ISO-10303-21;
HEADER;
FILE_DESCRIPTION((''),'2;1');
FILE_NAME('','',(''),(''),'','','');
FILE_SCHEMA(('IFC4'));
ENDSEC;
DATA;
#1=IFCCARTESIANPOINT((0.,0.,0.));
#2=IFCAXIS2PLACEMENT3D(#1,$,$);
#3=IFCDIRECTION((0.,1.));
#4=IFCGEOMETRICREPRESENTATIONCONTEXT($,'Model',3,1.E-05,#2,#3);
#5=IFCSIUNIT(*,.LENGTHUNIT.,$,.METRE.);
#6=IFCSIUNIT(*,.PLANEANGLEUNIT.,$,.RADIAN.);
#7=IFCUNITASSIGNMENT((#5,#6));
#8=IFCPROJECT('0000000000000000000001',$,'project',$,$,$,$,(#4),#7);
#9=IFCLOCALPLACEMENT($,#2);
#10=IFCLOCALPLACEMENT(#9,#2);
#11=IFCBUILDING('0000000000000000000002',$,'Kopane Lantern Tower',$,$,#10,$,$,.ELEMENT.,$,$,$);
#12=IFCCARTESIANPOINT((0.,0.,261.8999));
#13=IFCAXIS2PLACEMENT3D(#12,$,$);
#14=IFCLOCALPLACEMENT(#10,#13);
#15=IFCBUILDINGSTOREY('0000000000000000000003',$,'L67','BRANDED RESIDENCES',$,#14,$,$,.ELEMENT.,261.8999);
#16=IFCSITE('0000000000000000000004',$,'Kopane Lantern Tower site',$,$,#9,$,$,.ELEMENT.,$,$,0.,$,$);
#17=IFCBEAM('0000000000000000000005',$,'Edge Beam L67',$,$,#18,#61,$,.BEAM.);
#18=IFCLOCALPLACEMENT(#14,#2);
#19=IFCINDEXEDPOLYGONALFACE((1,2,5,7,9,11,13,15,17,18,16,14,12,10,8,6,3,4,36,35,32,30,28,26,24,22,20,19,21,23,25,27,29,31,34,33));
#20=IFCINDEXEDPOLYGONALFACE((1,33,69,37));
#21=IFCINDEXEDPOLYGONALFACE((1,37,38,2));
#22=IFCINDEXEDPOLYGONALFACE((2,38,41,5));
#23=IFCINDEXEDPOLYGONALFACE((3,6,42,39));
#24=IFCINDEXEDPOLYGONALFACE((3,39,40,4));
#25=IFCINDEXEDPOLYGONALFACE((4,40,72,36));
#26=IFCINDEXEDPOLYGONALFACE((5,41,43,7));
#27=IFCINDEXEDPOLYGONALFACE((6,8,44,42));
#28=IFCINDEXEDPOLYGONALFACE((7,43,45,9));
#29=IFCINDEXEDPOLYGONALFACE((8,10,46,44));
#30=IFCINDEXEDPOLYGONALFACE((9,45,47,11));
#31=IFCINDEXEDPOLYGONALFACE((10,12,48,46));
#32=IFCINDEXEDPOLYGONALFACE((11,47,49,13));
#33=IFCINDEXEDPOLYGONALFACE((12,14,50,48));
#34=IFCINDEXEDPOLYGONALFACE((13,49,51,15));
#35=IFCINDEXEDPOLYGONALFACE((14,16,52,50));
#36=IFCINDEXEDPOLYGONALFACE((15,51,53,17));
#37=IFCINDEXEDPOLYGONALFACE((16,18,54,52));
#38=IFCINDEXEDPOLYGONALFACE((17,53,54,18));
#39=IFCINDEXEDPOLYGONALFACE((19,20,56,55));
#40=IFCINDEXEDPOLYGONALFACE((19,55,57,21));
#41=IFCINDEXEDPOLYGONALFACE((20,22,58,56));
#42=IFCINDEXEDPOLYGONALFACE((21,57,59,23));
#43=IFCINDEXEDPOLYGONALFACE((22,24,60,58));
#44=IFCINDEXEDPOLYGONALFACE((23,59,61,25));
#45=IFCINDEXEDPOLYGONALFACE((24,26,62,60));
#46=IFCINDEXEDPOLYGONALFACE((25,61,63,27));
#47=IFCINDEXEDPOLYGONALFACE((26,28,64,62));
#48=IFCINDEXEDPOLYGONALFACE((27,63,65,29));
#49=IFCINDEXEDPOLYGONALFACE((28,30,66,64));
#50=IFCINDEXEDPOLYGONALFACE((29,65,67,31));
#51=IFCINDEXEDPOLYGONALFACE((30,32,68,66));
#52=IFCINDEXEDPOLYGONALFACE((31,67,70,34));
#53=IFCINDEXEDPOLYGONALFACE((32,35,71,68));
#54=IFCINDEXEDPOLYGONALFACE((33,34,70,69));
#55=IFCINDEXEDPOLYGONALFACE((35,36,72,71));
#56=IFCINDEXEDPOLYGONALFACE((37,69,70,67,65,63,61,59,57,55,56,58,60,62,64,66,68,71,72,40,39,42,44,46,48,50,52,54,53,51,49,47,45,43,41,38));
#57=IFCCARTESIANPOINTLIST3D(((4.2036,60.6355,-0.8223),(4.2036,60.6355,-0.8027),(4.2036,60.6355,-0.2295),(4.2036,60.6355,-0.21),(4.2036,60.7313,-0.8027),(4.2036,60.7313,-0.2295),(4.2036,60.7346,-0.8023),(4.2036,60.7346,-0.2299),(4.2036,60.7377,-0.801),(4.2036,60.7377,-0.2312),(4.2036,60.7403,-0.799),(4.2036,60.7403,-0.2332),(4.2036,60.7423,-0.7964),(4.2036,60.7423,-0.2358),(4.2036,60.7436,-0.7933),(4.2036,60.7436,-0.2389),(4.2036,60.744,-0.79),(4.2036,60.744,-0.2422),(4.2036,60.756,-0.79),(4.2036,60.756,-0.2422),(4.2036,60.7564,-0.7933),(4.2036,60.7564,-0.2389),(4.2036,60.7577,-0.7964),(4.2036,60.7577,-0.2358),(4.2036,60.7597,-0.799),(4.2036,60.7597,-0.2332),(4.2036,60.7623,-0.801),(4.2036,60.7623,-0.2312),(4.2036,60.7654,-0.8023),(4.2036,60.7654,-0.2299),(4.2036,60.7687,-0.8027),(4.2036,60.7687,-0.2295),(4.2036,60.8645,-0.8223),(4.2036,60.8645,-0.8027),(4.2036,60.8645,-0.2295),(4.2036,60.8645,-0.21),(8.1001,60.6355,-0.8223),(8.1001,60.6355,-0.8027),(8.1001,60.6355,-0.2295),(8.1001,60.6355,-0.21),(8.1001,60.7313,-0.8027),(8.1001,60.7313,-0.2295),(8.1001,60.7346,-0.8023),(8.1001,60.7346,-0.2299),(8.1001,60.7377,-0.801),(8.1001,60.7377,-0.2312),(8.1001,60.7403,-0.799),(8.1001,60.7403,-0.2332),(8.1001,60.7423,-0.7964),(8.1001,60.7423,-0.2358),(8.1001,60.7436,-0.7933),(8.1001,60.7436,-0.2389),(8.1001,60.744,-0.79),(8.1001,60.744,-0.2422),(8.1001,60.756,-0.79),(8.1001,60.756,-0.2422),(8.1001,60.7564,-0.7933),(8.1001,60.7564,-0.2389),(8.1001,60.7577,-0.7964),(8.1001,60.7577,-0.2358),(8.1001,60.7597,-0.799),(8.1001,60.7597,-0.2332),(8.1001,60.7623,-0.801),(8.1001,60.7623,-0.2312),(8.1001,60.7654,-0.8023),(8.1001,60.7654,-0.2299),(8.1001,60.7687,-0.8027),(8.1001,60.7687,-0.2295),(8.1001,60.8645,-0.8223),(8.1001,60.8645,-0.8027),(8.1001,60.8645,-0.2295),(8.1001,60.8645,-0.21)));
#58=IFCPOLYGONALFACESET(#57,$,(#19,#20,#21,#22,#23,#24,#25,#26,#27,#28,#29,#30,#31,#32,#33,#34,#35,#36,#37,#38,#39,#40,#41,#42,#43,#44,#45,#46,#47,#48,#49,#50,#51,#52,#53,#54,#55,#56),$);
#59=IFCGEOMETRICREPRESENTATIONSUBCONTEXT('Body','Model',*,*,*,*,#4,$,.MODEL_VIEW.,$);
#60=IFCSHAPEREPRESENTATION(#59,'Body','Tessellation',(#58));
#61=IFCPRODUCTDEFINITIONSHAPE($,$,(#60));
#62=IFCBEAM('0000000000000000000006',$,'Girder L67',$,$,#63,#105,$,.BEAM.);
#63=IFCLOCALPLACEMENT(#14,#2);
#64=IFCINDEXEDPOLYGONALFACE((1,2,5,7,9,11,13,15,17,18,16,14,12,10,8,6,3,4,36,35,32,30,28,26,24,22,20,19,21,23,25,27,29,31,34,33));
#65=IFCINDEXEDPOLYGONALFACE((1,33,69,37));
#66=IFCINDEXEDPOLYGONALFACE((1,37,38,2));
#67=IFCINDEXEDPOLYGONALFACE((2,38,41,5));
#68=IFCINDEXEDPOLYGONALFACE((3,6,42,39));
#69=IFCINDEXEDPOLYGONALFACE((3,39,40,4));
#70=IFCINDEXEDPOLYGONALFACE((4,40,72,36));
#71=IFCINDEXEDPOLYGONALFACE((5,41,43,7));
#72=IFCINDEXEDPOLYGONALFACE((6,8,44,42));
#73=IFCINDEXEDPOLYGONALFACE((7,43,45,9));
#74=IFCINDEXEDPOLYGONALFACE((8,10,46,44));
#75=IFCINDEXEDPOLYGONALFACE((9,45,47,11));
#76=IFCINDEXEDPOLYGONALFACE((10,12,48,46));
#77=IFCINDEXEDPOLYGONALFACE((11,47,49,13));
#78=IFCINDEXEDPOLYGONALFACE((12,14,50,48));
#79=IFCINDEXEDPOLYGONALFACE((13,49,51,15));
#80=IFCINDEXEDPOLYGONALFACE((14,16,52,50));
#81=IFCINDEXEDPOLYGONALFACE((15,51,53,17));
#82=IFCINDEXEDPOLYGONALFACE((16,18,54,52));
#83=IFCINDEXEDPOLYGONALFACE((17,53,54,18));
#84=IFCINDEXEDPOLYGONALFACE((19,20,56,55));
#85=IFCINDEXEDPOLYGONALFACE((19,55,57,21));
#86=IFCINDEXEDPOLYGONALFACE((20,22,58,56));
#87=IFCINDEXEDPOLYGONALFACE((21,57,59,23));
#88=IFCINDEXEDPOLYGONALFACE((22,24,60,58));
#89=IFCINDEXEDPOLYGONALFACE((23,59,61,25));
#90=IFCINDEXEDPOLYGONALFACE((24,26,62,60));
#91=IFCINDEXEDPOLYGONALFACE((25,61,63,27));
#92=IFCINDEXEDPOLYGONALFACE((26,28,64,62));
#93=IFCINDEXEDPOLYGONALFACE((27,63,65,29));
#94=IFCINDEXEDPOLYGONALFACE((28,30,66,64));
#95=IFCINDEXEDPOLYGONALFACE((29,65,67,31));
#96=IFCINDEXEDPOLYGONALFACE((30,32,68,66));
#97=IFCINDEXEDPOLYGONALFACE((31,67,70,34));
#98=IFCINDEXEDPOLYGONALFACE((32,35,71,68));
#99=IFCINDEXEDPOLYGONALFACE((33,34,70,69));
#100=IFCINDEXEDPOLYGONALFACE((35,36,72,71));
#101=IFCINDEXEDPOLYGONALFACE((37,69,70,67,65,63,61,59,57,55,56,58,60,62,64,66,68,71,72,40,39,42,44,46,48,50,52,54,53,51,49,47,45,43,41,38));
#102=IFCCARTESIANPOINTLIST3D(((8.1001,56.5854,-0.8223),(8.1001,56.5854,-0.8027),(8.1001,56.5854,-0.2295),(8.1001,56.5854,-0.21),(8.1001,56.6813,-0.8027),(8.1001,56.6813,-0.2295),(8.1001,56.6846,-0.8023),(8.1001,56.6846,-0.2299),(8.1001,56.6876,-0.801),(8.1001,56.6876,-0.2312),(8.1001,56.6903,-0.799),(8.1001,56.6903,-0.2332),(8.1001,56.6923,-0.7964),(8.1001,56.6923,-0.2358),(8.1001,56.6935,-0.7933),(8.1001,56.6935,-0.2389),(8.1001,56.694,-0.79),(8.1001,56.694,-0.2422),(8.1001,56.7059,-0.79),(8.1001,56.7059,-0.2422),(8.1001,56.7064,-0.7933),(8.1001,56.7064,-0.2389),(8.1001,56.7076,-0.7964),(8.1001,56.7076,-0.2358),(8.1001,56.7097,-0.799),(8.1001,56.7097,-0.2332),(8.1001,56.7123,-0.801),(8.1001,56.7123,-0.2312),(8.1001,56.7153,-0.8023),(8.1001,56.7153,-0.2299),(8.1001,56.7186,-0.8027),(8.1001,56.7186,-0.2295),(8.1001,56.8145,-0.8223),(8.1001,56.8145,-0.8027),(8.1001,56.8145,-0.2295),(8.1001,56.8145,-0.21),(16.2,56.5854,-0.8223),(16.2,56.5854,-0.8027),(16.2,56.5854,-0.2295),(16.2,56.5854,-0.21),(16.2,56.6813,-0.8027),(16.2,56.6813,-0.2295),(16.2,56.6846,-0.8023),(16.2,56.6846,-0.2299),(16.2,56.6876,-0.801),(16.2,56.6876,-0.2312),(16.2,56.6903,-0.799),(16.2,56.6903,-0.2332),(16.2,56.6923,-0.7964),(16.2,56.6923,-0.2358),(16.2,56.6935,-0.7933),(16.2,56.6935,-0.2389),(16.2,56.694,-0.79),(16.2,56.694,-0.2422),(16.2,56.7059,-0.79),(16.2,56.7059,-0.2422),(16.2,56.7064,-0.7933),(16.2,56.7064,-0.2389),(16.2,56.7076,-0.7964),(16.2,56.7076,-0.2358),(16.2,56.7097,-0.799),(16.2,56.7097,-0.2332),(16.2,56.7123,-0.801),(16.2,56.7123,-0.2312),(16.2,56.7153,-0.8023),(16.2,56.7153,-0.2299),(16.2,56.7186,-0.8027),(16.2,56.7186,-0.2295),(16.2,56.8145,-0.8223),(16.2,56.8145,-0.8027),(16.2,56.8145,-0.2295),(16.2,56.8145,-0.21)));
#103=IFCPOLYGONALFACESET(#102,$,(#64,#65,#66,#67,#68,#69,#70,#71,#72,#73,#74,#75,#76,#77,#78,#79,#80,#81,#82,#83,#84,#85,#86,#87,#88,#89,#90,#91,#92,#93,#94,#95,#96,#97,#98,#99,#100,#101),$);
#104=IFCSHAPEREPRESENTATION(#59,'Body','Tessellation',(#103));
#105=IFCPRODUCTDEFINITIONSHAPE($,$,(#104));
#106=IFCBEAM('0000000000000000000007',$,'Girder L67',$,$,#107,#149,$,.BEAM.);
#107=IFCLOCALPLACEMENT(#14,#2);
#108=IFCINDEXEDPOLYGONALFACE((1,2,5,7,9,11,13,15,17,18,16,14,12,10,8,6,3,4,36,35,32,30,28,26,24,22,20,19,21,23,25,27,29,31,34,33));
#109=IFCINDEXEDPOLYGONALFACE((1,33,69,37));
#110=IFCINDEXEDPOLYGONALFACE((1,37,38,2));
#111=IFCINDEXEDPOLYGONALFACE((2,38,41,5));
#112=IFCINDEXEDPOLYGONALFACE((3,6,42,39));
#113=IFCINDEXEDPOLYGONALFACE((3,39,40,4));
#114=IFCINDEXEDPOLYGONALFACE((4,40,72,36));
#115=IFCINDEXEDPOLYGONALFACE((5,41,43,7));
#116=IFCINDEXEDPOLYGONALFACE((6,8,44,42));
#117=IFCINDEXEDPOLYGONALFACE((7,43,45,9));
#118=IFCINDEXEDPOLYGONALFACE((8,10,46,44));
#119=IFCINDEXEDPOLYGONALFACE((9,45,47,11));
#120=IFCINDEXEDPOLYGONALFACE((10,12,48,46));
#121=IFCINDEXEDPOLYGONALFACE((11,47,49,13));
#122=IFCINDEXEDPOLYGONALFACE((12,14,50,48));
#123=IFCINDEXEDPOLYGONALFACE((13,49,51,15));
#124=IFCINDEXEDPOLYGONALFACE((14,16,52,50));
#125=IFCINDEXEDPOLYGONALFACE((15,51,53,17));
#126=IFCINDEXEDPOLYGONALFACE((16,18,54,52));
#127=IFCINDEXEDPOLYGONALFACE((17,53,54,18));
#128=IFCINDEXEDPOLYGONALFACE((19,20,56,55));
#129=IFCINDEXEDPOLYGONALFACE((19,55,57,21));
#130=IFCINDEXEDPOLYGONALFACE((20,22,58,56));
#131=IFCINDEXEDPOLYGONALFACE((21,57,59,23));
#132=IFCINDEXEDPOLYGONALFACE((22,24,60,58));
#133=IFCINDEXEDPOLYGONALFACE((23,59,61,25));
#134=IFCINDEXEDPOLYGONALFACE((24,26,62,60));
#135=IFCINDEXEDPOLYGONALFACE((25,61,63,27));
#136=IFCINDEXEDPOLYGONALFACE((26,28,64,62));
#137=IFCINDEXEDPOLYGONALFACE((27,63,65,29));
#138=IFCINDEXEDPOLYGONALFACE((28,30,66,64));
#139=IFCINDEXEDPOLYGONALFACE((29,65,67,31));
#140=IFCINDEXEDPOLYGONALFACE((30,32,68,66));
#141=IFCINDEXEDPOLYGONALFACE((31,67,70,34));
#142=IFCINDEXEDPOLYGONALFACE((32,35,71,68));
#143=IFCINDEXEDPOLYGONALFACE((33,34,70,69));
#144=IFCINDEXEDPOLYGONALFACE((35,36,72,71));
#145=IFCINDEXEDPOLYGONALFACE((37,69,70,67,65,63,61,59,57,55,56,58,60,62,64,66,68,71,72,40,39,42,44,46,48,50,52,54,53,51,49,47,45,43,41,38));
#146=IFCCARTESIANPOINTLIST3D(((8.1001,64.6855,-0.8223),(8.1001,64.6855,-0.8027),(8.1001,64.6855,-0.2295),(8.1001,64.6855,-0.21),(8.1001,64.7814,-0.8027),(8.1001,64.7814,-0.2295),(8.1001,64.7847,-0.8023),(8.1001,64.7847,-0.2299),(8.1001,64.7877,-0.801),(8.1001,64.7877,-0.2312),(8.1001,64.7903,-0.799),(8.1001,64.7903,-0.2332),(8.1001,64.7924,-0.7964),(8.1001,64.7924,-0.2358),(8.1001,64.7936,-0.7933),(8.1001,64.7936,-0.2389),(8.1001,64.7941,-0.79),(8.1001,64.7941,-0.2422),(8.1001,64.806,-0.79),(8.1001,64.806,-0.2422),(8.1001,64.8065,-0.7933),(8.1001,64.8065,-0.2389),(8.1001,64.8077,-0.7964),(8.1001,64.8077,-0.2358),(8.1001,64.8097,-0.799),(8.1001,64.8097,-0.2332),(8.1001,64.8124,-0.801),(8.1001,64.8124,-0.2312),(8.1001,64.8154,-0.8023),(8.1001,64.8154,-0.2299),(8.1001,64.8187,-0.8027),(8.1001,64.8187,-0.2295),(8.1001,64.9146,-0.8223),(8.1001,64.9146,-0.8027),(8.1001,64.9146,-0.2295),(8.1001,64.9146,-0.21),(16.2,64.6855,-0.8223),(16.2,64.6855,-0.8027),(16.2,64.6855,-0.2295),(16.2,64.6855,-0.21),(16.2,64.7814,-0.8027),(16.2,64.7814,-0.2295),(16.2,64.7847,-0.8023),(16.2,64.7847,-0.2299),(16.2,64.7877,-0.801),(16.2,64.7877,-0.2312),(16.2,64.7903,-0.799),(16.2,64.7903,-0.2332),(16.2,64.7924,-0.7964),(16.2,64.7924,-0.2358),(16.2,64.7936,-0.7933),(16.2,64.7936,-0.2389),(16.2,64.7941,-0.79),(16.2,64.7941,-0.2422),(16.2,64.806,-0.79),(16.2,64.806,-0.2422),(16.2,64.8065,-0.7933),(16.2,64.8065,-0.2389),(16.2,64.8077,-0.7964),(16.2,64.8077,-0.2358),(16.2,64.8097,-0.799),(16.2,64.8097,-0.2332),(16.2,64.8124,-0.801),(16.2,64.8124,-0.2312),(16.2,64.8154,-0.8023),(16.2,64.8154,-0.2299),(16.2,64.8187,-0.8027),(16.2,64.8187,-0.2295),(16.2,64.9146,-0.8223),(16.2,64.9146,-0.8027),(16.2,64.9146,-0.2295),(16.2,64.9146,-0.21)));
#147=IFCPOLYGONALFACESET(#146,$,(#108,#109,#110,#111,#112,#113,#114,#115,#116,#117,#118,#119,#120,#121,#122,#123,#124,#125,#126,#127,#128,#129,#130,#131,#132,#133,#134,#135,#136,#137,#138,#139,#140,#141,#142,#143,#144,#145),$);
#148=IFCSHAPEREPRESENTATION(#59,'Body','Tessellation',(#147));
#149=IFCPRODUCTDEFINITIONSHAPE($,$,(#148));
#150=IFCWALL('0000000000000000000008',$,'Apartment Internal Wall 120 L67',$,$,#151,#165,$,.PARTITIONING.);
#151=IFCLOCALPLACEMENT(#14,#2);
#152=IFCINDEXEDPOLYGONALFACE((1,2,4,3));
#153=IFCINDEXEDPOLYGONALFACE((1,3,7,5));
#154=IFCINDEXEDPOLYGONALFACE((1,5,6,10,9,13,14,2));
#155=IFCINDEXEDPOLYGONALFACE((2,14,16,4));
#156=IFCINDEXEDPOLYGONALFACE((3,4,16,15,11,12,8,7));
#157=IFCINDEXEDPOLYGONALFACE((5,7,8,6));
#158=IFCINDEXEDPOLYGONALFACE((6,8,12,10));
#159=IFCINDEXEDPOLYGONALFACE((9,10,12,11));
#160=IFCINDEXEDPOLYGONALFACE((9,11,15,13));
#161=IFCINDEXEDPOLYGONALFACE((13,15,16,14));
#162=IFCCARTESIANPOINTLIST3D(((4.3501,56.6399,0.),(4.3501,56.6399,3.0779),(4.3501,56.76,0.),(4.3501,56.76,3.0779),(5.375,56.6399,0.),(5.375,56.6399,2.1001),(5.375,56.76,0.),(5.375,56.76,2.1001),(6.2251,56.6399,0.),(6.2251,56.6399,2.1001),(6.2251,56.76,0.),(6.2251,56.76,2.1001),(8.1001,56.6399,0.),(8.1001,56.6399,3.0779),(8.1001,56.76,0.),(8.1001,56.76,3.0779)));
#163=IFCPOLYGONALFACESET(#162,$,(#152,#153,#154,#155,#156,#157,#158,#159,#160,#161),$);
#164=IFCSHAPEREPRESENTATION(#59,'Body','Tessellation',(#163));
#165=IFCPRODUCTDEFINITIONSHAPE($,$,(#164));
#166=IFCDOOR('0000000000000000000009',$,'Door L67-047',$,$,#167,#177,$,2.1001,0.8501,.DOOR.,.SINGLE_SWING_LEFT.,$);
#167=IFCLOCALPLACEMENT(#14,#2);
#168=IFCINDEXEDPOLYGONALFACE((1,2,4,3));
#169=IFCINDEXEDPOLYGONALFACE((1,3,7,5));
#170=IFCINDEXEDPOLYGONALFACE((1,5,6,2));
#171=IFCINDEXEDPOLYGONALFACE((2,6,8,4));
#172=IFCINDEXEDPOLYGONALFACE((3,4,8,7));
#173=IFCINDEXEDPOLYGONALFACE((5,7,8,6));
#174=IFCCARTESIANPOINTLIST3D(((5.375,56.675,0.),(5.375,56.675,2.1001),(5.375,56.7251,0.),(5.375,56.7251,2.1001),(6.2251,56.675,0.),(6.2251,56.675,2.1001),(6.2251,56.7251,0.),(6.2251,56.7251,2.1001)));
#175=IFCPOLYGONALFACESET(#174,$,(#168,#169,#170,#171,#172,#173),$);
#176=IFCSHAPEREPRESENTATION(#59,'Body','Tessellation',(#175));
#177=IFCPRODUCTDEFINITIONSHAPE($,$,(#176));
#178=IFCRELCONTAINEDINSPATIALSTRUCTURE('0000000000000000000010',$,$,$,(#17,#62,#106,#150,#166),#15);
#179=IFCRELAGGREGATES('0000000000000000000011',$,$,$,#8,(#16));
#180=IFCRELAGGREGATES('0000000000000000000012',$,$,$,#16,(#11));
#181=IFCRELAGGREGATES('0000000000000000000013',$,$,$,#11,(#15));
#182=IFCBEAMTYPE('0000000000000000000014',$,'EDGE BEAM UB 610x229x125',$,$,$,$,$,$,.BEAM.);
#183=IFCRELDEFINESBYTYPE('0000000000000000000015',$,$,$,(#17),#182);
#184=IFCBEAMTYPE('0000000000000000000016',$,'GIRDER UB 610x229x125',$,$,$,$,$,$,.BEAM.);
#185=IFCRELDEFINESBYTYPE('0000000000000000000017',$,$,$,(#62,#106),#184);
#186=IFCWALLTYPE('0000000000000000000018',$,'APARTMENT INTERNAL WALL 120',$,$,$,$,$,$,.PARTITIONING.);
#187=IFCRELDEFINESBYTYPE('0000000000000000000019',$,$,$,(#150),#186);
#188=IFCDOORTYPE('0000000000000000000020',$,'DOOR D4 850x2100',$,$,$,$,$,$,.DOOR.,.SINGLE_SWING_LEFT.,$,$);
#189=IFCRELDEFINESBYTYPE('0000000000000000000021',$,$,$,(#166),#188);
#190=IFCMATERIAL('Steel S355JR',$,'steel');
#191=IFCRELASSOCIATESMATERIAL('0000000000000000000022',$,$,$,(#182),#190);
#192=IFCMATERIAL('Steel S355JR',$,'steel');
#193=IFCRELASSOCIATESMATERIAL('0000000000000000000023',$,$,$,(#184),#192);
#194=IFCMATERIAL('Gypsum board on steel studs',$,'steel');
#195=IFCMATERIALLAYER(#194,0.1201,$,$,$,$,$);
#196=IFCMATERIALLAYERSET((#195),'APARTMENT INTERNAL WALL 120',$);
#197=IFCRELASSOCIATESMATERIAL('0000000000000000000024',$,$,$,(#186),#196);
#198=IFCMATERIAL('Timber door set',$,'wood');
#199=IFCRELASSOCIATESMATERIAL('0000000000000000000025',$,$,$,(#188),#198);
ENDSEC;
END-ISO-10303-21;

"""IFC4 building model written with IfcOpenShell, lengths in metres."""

from ifc_helpers import new_model, si_unit, direction, frame, frame_2d, origin, origin_2d, place, context, subcontext, project, spatial, rectangle, i_section, extrude, material, layer, layer_set, material_profile, profile_set, type_object, element, fill, save


model = new_model("IFC4")

# Units and contexts
model_context = context("Model", 3, precision=1e-05, world=origin(), true_north=direction((0.0, 1.0)))
body_context = subcontext(model_context, "Body", "Model", "MODEL_VIEW")
ifc_project = project(units=[si_unit("LENGTHUNIT", "METRE"), si_unit("PLANEANGLEUNIT", "RADIAN")], contexts=[model_context])

# Site, building, storey
site_placement = place(None, origin())
site = spatial("IfcSite", under=ifc_project, at=site_placement, Name="Kopane Lantern Tower site", CompositionType="ELEMENT", RefElevation=0.0)
building_placement = place(site_placement, origin())
building = spatial("IfcBuilding", under=site, at=building_placement, Name="Kopane Lantern Tower", CompositionType="ELEMENT")
storey_placement = place(building_placement, frame((0.0, 0.0, 261.8999)))
storey = spatial("IfcBuildingStorey", under=building, at=storey_placement, Name="L67", Description="BRANDED RESIDENCES", CompositionType="ELEMENT", Elevation=261.8999)

# Beams
ifc_material_1 = material(Name="Steel S355JR", Category="steel")
ifc_material_profile_1 = material_profile(ifc_material_1, i_section(OverallWidth=0.229, OverallDepth=0.6123, WebThickness=0.012, FlangeThickness=0.0195, FilletRadius=0.0127, at=origin_2d()), Name="UB 610x229x125")
ifc_profile_set_1 = profile_set([ifc_material_profile_1], Name="Steel S355JR")
beam_type_1 = type_object("IfcBeamType", Name="EDGE BEAM UB 610x229x125", PredefinedType="BEAM", material=ifc_profile_set_1)
beam_1_placement = place(storey_placement, frame((4.2036, 60.75, -0.5161), z_axis=(1.0, 0.0, 0.0), x_axis=(0.0, 1.0, 0.0)))
element("IfcBeam", 1, at=beam_1_placement, inside=storey, type_object=beam_type_1, Name="Edge Beam L67", PredefinedType="BEAM", context=body_context, shape_type="SweptSolid", body=[
    extrude(i_section(OverallWidth=0.229, OverallDepth=0.6123, WebThickness=0.012, FlangeThickness=0.0195, FilletRadius=0.0127, at=origin_2d()), origin(), (0.0, 0.0, 1.0), 3.8965),
])
ifc_material_2 = material(Name="Steel S355JR", Category="steel")
ifc_material_profile_2 = material_profile(ifc_material_2, i_section(OverallWidth=0.229, OverallDepth=0.6123, WebThickness=0.012, FlangeThickness=0.0195, FilletRadius=0.0127, at=origin_2d()), Name="UB 610x229x125")
ifc_profile_set_2 = profile_set([ifc_material_profile_2], Name="Steel S355JR")
beam_type_2 = type_object("IfcBeamType", Name="GIRDER UB 610x229x125", PredefinedType="BEAM", material=ifc_profile_set_2)
for number, where, z_axis, x_axis, name in (
    (2, (8.1001, 56.7, -0.5161), (1.0, 0.0, 0.0), (0.0, 1.0, 0.0), "Girder L67"),
    (3, (8.1001, 64.8, -0.5161), (1.0, 0.0, 0.0), (0.0, 1.0, 0.0), "Girder L67"),
):
    element("IfcBeam", number, at=place(storey_placement, frame(where, z_axis=z_axis, x_axis=x_axis)), inside=storey, type_object=beam_type_2, Name=name, PredefinedType="BEAM", context=body_context, shape_type="SweptSolid", body=[
        extrude(i_section(OverallWidth=0.229, OverallDepth=0.6123, WebThickness=0.012, FlangeThickness=0.0195, FilletRadius=0.0127, at=origin_2d()), origin(), (0.0, 0.0, 1.0), 8.0999),
    ])

# Wall, opening, door
ifc_material_3 = material(Name="Gypsum board on steel studs", Category="steel")
ifc_layer_1 = layer(ifc_material_3, 0.1201)
ifc_layer_set_1 = layer_set([ifc_layer_1], Name="APARTMENT INTERNAL WALL 120")
wall_type_1 = type_object("IfcWallType", Name="APARTMENT INTERNAL WALL 120", PredefinedType="PARTITIONING", material=ifc_layer_set_1)
wall_1_placement = place(storey_placement, frame((8.1001, 56.7, 0.0), z_axis=(0.0, 0.0, 1.0), x_axis=(-1.0, 0.0, 0.0)))
wall_1 = element("IfcWall", 4, at=wall_1_placement, inside=storey, type_object=wall_type_1, Name="Apartment Internal Wall 120 L67", PredefinedType="PARTITIONING", context=body_context, shape_type="SweptSolid", body=[
    extrude(rectangle(XDim=3.75, YDim=0.1201, at=frame_2d((1.875, 0.0))), origin(), (0.0, 0.0, 1.0), 3.0779),
])
opening_1_placement = place(wall_1_placement, frame((1.875, 0.0, 0.0)))
opening_1 = element("IfcOpeningElement", 5, at=opening_1_placement, cuts=wall_1, PredefinedType="OPENING", context=body_context, shape_type="SweptSolid", body=[
    extrude(rectangle(XDim=0.8501, YDim=2.1001, at=frame_2d((0.425, 1.05))), frame((0.0, 0.0701, 0.0), z_axis=(0.0, -1.0, 0.0), x_axis=(1.0, 0.0, 0.0)), (0.0, 0.0, 1.0), 0.1401),
])
ifc_material_4 = material(Name="Timber door set", Category="wood")
door_type = type_object("IfcDoorType", Name="DOOR D4 850x2100", OperationType="SINGLE_SWING_LEFT", PredefinedType="DOOR", material=ifc_material_4)
door_placement = place(opening_1_placement, origin())
door = element("IfcDoor", 6, at=door_placement, inside=storey, type_object=door_type, Name="Door L67-047", OperationType="SINGLE_SWING_LEFT", OverallHeight=2.1001, OverallWidth=0.8501, PredefinedType="DOOR", context=body_context, shape_type="SweptSolid", body=[
    extrude(rectangle(XDim=0.8501, YDim=2.1001, at=frame_2d((0.425, 1.05))), frame((0.0, 0.0249, 0.0), z_axis=(0.0, -1.0, 0.0), x_axis=(1.0, 0.0, 0.0)), (0.0, 0.0, 1.0), 0.05),
])
fill(opening_1, door)

save(model, "model.ifc")
